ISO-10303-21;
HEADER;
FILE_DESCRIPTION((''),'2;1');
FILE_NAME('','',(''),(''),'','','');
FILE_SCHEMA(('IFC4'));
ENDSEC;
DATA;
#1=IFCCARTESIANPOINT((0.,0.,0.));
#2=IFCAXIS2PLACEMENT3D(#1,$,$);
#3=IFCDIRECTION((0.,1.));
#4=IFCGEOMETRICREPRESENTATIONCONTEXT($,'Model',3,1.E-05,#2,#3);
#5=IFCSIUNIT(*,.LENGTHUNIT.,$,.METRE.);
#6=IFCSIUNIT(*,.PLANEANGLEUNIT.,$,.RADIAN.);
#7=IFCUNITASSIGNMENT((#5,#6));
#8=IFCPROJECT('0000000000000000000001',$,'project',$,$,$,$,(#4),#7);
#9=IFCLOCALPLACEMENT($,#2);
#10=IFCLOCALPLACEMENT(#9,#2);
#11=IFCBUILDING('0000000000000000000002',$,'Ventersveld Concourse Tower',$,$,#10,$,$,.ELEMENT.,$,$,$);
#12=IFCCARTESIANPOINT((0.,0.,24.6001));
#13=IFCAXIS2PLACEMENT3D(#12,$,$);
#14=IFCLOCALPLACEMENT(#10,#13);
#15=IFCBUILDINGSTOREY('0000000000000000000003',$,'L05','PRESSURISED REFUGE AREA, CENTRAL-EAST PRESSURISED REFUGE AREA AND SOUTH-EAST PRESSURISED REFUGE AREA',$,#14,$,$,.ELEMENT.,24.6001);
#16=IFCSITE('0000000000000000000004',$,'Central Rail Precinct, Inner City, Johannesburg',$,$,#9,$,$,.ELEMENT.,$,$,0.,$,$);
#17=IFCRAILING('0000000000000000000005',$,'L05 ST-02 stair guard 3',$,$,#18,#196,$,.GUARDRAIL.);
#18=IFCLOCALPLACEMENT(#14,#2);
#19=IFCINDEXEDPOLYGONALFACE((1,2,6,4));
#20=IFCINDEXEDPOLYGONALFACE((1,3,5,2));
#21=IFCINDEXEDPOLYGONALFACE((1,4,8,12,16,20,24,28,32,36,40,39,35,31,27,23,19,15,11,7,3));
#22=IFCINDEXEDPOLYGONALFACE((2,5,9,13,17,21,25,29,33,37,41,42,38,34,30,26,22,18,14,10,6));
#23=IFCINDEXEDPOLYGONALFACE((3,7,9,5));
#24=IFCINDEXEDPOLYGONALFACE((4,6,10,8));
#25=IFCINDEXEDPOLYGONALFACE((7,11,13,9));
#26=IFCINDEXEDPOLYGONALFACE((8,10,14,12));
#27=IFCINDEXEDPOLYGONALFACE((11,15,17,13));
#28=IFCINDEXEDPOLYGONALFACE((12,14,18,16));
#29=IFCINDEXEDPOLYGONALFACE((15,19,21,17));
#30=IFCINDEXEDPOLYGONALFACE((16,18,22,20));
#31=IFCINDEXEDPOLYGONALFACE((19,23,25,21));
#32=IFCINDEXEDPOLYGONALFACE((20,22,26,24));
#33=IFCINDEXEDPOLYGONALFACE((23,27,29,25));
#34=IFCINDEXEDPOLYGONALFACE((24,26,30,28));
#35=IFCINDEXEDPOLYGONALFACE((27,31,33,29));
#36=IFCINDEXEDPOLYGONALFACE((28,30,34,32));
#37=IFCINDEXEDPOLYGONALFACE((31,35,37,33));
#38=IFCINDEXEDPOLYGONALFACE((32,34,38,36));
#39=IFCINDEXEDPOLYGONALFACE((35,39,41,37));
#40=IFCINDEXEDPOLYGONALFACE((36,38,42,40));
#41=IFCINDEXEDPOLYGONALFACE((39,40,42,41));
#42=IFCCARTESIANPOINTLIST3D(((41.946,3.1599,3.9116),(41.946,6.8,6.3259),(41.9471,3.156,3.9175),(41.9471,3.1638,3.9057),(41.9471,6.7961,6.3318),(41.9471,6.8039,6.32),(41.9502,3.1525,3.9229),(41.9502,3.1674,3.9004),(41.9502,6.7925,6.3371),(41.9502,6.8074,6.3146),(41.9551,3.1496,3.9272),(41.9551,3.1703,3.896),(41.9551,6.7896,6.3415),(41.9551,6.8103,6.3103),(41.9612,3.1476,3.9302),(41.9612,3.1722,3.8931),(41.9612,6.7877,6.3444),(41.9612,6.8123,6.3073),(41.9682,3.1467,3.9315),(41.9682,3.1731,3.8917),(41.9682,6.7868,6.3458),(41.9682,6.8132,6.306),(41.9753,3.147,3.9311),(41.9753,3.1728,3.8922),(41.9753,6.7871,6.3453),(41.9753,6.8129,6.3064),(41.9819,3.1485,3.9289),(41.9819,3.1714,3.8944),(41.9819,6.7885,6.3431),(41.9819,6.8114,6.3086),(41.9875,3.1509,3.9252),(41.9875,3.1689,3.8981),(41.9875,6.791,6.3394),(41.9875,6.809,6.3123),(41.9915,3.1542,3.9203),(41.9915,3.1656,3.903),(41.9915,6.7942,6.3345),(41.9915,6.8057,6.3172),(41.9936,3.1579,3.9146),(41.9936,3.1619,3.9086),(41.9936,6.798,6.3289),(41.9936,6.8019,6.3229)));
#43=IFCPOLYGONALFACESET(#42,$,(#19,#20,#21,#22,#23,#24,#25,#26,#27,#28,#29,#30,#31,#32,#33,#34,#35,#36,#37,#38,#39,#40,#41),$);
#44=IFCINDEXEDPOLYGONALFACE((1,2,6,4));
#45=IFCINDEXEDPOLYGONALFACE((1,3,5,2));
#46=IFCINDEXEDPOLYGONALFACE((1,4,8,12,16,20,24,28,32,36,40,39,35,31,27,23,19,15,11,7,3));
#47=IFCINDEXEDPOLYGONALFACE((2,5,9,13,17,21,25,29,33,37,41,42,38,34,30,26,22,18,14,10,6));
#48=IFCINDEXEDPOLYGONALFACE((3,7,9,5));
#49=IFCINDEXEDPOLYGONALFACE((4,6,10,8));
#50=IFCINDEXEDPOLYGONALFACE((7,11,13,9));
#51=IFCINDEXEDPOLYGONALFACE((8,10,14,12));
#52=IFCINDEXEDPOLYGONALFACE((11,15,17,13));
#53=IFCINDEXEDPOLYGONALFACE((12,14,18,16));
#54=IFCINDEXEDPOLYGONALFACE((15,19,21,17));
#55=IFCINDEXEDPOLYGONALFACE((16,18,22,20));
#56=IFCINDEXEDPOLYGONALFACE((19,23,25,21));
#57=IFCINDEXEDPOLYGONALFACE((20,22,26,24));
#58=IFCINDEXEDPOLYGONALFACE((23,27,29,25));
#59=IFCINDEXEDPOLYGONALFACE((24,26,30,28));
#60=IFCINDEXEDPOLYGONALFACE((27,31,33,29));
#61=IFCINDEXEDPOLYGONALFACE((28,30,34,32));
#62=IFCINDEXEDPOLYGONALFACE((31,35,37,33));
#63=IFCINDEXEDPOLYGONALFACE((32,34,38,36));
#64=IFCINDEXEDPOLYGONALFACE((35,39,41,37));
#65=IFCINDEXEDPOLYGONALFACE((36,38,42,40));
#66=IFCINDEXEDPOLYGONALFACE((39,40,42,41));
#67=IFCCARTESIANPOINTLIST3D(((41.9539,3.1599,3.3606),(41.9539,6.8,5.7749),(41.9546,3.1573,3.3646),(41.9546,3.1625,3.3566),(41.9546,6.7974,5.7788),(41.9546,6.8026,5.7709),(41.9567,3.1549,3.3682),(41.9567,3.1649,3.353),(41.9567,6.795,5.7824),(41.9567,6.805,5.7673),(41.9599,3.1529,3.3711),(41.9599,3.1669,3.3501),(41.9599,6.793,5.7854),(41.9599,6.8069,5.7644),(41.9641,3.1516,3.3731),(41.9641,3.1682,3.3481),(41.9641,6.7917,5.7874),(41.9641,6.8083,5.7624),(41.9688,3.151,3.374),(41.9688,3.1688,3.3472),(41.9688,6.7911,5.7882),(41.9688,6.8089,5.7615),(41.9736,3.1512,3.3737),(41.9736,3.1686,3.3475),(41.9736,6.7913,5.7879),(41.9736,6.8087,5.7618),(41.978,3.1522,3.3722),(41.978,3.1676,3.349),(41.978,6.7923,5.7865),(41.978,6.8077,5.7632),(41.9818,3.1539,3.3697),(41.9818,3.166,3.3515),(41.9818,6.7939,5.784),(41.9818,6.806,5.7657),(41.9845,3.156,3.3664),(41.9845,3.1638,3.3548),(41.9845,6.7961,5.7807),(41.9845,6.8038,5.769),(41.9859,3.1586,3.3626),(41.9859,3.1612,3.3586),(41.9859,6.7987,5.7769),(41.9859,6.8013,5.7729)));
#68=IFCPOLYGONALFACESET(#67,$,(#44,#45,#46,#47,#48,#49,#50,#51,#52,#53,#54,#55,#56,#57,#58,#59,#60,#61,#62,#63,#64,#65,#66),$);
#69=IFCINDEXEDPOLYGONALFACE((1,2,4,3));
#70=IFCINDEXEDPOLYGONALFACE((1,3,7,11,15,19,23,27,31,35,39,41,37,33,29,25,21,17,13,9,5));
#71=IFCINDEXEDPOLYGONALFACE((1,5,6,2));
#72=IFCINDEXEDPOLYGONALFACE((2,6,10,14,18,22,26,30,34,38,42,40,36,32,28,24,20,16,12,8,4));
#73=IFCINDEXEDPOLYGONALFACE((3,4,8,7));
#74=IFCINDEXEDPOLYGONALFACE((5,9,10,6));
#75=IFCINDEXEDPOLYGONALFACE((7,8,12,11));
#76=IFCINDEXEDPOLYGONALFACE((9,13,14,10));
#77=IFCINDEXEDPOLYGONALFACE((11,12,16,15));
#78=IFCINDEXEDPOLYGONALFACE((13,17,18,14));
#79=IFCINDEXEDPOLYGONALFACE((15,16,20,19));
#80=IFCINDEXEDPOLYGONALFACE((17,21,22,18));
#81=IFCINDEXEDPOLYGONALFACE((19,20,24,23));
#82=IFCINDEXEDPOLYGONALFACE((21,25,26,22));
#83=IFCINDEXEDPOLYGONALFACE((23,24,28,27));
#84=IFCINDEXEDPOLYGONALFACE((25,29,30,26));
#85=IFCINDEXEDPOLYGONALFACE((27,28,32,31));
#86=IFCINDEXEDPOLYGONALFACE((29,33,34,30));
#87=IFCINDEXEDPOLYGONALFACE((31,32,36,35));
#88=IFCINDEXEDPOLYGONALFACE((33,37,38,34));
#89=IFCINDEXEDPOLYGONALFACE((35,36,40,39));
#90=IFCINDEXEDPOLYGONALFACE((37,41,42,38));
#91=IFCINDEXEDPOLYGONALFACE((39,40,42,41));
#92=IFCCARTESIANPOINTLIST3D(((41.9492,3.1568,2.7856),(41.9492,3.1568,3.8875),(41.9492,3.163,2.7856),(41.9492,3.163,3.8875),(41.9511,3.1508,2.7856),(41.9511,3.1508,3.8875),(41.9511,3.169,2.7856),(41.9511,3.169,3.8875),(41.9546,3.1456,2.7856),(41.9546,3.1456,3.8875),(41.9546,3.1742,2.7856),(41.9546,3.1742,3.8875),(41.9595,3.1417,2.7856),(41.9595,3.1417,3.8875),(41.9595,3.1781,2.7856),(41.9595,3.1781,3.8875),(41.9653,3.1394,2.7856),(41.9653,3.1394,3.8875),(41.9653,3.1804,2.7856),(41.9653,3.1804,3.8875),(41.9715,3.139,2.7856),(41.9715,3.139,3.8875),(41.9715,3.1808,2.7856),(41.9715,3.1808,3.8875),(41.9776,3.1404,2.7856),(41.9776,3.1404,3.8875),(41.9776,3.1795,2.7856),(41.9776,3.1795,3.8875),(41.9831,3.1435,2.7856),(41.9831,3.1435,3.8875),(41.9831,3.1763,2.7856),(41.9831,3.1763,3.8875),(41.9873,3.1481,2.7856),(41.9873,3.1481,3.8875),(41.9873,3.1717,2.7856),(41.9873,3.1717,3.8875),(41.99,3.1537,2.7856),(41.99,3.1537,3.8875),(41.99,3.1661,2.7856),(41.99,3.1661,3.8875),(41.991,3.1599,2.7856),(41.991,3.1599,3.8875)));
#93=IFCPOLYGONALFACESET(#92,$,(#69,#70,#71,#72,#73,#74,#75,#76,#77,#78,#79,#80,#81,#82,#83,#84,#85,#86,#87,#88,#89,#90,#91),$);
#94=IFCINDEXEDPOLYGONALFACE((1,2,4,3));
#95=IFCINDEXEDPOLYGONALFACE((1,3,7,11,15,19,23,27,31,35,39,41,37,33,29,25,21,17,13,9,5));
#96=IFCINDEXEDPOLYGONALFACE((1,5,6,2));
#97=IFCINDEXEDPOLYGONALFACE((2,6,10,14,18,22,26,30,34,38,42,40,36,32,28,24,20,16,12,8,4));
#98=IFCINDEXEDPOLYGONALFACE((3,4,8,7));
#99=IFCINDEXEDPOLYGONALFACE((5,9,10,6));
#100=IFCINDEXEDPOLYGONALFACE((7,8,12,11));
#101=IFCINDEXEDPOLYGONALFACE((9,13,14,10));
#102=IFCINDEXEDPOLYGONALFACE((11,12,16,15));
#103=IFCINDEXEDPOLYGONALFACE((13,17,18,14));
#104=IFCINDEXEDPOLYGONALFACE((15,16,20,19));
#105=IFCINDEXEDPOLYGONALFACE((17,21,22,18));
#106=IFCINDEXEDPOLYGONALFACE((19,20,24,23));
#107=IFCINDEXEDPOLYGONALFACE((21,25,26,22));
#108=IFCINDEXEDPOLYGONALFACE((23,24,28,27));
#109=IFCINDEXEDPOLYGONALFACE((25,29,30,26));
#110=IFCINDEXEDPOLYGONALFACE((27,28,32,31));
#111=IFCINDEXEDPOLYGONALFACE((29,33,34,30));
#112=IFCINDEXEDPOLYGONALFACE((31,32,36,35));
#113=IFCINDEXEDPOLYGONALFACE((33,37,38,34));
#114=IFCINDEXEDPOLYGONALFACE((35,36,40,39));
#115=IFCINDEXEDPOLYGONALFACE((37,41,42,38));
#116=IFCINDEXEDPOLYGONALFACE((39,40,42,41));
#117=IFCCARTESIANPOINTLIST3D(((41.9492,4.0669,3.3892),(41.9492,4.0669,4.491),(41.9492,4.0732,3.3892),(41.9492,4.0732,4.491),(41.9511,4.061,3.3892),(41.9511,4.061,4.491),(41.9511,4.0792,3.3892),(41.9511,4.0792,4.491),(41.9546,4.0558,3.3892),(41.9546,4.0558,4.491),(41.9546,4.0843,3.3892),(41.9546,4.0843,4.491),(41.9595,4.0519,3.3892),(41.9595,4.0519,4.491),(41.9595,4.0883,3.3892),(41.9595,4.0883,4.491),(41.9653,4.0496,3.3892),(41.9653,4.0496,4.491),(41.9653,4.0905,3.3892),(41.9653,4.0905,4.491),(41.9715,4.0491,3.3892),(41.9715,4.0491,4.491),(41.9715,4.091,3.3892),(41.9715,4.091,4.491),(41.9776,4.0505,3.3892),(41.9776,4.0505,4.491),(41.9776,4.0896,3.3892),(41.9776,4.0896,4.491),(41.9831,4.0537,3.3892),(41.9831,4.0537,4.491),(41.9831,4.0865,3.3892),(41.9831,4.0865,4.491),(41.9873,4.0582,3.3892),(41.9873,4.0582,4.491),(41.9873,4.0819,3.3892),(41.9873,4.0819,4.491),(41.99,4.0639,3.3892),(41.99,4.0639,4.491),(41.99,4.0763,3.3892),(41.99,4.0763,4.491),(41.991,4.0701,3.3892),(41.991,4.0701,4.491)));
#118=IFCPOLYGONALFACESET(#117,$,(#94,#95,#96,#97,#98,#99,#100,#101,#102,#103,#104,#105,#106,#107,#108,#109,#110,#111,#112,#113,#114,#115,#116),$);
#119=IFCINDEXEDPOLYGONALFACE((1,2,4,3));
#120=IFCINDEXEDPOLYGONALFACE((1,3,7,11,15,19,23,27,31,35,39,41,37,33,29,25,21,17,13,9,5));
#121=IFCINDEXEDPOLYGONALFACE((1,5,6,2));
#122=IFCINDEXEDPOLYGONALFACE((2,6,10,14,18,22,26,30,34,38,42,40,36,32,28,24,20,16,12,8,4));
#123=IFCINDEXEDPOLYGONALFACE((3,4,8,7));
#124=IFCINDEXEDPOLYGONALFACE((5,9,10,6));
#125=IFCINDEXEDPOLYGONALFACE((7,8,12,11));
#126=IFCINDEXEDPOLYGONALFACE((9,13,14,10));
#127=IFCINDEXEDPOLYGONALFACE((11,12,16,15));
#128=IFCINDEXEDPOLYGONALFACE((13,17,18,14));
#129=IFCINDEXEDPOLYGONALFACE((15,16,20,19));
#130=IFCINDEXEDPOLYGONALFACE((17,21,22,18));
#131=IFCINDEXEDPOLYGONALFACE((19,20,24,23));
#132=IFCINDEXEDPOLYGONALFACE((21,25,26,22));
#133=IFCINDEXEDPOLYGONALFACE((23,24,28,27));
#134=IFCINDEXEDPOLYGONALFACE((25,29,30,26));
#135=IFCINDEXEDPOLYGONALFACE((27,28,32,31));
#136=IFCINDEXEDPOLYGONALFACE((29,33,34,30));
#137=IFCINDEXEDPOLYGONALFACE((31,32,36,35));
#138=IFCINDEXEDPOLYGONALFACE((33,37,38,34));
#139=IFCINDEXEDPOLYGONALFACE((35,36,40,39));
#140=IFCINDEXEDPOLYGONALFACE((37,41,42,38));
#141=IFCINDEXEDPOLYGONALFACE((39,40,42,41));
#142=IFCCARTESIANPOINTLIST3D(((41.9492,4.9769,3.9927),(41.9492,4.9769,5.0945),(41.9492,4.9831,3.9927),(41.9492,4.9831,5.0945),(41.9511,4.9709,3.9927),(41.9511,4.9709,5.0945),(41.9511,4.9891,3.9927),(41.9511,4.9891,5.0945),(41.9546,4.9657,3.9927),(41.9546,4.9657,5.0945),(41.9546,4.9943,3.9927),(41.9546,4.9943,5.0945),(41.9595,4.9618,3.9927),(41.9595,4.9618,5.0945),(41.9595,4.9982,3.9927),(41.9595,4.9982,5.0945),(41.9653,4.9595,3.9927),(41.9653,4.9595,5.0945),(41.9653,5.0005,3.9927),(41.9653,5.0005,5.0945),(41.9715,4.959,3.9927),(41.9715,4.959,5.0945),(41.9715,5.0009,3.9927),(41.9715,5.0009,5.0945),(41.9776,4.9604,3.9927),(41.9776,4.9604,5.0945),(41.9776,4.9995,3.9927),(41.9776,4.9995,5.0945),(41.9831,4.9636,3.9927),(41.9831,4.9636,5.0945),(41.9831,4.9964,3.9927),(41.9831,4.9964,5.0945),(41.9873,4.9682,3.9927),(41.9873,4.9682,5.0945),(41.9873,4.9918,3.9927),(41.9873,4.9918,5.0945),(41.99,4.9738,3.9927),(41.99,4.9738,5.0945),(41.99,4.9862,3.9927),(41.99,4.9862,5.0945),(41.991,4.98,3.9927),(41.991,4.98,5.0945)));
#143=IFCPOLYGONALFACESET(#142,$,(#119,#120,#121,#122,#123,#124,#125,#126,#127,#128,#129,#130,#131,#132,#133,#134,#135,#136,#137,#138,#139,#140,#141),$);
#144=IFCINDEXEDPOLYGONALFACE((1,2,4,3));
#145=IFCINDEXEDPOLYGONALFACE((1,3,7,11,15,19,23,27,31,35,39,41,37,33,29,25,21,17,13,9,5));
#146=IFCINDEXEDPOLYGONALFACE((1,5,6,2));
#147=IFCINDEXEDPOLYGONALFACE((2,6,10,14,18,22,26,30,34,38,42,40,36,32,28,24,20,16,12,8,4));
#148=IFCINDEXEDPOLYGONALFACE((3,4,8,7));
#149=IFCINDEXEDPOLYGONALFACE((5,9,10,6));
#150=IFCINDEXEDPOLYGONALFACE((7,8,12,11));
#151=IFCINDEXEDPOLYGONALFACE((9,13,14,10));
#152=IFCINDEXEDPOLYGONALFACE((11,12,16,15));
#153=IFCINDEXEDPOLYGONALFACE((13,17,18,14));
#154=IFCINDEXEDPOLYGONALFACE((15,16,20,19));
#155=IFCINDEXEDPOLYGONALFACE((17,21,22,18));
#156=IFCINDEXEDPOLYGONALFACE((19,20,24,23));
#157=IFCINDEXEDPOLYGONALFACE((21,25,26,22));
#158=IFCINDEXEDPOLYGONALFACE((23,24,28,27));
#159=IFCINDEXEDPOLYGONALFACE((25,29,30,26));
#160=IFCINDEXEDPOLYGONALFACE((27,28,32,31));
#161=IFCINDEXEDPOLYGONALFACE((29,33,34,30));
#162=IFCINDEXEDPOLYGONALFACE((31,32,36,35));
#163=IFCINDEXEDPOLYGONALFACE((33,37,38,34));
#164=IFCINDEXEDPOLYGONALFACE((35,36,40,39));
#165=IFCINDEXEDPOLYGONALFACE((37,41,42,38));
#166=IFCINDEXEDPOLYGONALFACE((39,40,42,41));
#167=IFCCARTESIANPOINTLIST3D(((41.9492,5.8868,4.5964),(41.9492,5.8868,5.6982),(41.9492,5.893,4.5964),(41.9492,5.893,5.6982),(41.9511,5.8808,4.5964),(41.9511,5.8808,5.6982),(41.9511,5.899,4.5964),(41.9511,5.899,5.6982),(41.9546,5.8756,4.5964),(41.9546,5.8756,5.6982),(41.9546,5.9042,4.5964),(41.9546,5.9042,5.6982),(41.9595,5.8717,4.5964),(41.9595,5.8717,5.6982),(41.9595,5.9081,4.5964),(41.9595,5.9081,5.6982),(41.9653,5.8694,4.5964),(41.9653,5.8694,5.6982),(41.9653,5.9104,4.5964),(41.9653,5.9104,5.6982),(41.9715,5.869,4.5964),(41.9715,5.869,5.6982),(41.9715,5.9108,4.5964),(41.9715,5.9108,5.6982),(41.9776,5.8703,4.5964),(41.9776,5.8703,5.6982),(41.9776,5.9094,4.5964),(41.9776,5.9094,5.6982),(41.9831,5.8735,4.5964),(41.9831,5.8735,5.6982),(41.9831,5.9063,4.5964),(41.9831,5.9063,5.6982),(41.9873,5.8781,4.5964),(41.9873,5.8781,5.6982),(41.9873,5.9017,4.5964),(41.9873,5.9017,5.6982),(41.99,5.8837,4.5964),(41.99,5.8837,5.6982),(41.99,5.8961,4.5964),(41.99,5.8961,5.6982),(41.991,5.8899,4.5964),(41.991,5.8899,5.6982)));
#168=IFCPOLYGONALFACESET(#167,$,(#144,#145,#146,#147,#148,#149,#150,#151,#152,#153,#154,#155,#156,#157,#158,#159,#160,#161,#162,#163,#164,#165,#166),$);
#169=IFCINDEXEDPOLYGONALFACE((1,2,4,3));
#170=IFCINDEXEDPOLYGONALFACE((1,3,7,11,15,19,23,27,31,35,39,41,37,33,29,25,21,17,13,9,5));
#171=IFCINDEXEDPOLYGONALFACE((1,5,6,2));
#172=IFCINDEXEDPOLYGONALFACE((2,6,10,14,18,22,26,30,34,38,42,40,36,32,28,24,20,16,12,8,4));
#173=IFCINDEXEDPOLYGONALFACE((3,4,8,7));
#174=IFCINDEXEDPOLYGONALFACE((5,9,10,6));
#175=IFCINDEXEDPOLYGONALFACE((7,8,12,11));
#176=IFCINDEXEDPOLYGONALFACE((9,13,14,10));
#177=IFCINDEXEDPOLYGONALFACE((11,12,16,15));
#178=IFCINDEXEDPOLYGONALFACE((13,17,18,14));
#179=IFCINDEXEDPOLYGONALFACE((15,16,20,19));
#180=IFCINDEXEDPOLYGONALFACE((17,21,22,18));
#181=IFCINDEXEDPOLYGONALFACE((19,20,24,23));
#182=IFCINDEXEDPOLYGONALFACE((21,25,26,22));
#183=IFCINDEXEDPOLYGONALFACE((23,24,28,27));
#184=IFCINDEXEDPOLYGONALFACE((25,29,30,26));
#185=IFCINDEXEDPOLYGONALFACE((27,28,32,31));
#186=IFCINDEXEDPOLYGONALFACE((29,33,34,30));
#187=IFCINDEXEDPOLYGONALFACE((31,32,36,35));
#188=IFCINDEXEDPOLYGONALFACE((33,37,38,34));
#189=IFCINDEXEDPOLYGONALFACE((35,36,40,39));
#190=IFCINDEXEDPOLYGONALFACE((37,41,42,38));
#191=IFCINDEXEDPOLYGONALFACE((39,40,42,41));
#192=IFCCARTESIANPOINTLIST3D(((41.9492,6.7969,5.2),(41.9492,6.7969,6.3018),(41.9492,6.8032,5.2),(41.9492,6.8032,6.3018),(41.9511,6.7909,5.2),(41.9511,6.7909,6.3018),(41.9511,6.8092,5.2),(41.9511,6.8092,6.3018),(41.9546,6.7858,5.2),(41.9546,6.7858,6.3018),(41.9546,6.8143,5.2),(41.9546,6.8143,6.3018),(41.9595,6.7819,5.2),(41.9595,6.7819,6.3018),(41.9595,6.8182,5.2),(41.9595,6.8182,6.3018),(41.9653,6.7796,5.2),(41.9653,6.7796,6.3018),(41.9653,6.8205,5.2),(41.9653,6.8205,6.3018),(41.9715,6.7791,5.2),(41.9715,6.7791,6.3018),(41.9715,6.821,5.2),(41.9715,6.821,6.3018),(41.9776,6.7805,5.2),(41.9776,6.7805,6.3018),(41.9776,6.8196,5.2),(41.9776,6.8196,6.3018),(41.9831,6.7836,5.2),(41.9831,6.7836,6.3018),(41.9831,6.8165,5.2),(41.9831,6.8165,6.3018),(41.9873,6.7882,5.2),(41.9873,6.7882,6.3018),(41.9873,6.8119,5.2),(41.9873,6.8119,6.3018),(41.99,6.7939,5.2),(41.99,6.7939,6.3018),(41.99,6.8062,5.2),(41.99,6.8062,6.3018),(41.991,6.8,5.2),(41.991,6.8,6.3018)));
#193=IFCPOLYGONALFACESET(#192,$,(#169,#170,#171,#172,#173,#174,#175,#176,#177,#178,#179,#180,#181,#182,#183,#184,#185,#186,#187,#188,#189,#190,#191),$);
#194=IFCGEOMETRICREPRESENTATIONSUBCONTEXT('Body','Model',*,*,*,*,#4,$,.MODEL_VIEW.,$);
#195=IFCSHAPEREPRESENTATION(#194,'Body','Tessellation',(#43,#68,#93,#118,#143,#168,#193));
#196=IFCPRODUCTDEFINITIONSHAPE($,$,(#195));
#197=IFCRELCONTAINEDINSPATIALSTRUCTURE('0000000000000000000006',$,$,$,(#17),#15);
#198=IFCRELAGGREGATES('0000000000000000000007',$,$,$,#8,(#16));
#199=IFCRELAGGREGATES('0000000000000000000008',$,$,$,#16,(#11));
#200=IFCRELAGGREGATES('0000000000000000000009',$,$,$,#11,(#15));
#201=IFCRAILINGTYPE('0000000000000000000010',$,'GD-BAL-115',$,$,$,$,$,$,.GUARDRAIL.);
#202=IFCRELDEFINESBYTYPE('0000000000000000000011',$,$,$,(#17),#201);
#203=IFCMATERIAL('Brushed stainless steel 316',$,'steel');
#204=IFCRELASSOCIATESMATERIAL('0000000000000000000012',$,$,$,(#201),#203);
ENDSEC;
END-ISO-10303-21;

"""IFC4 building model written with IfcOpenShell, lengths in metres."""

from ifc_helpers import new_model, si_unit, direction, frame, origin, origin_2d, place, context, subcontext, project, spatial, circle, extrude, material, type_object, element, save


model = new_model("IFC4")

# Units and contexts
model_context = context("Model", 3, precision=1e-05, world=origin(), true_north=direction((0.0, 1.0)))
body_context = subcontext(model_context, "Body", "Model", "MODEL_VIEW")
ifc_project = project(units=[si_unit("LENGTHUNIT", "METRE"), si_unit("PLANEANGLEUNIT", "RADIAN")], contexts=[model_context])

# Site, building, storey
site_placement = place(None, origin())
site = spatial("IfcSite", under=ifc_project, at=site_placement, Name="Central Rail Precinct, Inner City, Johannesburg", CompositionType="ELEMENT", RefElevation=0.0)
building_placement = place(site_placement, origin())
building = spatial("IfcBuilding", under=site, at=building_placement, Name="Ventersveld Concourse Tower", CompositionType="ELEMENT")
storey_placement = place(building_placement, frame((0.0, 0.0, 24.6001)))
storey = spatial("IfcBuildingStorey", under=building, at=storey_placement, Name="L05", Description="PRESSURISED REFUGE AREA, CENTRAL-EAST PRESSURISED REFUGE AREA AND SOUTH-EAST PRESSURISED REFUGE AREA", CompositionType="ELEMENT", Elevation=24.6001)

# Railing
ifc_material_1 = material(Name="Brushed stainless steel 316", Category="steel")
railing_type_1 = type_object("IfcRailingType", Name="GD-BAL-115", PredefinedType="GUARDRAIL", material=ifc_material_1)
railing_1_placement = place(storey_placement, frame((41.97, 3.1599, 2.7856)))
element("IfcRailing", 1, at=railing_1_placement, inside=storey, type_object=railing_type_1, Name="L05 ST-02 stair guard 3", PredefinedType="GUARDRAIL", context=body_context, shape_type="SweptSolid", body=[
    extrude(circle(Radius=0.0239, at=origin_2d()), frame((0.0, 0.0, 1.126), z_axis=(0.0, 0.833364, 0.552725), x_axis=(-1.0, 0.0, 0.0)), (0.0, 0.0, 1.0), 4.3679),
    extrude(circle(Radius=0.0161, at=origin_2d()), frame((0.0, 0.0, 0.575), z_axis=(0.0, 0.833364, 0.552725), x_axis=(-1.0, 0.0, 0.0)), (0.0, 0.0, 1.0), 4.3679),
    extrude(circle(Radius=0.021, at=origin_2d()), origin(), (0.0, 0.0, 1.0), 1.1018),
    extrude(circle(Radius=0.021, at=origin_2d()), frame((0.0, 0.9102, 0.6035)), (0.0, 0.0, 1.0), 1.1018),
    extrude(circle(Radius=0.021, at=origin_2d()), frame((0.0, 1.8201, 1.207)), (0.0, 0.0, 1.0), 1.1018),
    extrude(circle(Radius=0.021, at=origin_2d()), frame((0.0, 2.73, 1.8108)), (0.0, 0.0, 1.0), 1.1018),
    extrude(circle(Radius=0.021, at=origin_2d()), frame((0.0, 3.6401, 2.4143)), (0.0, 0.0, 1.0), 1.1018),
])

save(model, "model.ifc")
